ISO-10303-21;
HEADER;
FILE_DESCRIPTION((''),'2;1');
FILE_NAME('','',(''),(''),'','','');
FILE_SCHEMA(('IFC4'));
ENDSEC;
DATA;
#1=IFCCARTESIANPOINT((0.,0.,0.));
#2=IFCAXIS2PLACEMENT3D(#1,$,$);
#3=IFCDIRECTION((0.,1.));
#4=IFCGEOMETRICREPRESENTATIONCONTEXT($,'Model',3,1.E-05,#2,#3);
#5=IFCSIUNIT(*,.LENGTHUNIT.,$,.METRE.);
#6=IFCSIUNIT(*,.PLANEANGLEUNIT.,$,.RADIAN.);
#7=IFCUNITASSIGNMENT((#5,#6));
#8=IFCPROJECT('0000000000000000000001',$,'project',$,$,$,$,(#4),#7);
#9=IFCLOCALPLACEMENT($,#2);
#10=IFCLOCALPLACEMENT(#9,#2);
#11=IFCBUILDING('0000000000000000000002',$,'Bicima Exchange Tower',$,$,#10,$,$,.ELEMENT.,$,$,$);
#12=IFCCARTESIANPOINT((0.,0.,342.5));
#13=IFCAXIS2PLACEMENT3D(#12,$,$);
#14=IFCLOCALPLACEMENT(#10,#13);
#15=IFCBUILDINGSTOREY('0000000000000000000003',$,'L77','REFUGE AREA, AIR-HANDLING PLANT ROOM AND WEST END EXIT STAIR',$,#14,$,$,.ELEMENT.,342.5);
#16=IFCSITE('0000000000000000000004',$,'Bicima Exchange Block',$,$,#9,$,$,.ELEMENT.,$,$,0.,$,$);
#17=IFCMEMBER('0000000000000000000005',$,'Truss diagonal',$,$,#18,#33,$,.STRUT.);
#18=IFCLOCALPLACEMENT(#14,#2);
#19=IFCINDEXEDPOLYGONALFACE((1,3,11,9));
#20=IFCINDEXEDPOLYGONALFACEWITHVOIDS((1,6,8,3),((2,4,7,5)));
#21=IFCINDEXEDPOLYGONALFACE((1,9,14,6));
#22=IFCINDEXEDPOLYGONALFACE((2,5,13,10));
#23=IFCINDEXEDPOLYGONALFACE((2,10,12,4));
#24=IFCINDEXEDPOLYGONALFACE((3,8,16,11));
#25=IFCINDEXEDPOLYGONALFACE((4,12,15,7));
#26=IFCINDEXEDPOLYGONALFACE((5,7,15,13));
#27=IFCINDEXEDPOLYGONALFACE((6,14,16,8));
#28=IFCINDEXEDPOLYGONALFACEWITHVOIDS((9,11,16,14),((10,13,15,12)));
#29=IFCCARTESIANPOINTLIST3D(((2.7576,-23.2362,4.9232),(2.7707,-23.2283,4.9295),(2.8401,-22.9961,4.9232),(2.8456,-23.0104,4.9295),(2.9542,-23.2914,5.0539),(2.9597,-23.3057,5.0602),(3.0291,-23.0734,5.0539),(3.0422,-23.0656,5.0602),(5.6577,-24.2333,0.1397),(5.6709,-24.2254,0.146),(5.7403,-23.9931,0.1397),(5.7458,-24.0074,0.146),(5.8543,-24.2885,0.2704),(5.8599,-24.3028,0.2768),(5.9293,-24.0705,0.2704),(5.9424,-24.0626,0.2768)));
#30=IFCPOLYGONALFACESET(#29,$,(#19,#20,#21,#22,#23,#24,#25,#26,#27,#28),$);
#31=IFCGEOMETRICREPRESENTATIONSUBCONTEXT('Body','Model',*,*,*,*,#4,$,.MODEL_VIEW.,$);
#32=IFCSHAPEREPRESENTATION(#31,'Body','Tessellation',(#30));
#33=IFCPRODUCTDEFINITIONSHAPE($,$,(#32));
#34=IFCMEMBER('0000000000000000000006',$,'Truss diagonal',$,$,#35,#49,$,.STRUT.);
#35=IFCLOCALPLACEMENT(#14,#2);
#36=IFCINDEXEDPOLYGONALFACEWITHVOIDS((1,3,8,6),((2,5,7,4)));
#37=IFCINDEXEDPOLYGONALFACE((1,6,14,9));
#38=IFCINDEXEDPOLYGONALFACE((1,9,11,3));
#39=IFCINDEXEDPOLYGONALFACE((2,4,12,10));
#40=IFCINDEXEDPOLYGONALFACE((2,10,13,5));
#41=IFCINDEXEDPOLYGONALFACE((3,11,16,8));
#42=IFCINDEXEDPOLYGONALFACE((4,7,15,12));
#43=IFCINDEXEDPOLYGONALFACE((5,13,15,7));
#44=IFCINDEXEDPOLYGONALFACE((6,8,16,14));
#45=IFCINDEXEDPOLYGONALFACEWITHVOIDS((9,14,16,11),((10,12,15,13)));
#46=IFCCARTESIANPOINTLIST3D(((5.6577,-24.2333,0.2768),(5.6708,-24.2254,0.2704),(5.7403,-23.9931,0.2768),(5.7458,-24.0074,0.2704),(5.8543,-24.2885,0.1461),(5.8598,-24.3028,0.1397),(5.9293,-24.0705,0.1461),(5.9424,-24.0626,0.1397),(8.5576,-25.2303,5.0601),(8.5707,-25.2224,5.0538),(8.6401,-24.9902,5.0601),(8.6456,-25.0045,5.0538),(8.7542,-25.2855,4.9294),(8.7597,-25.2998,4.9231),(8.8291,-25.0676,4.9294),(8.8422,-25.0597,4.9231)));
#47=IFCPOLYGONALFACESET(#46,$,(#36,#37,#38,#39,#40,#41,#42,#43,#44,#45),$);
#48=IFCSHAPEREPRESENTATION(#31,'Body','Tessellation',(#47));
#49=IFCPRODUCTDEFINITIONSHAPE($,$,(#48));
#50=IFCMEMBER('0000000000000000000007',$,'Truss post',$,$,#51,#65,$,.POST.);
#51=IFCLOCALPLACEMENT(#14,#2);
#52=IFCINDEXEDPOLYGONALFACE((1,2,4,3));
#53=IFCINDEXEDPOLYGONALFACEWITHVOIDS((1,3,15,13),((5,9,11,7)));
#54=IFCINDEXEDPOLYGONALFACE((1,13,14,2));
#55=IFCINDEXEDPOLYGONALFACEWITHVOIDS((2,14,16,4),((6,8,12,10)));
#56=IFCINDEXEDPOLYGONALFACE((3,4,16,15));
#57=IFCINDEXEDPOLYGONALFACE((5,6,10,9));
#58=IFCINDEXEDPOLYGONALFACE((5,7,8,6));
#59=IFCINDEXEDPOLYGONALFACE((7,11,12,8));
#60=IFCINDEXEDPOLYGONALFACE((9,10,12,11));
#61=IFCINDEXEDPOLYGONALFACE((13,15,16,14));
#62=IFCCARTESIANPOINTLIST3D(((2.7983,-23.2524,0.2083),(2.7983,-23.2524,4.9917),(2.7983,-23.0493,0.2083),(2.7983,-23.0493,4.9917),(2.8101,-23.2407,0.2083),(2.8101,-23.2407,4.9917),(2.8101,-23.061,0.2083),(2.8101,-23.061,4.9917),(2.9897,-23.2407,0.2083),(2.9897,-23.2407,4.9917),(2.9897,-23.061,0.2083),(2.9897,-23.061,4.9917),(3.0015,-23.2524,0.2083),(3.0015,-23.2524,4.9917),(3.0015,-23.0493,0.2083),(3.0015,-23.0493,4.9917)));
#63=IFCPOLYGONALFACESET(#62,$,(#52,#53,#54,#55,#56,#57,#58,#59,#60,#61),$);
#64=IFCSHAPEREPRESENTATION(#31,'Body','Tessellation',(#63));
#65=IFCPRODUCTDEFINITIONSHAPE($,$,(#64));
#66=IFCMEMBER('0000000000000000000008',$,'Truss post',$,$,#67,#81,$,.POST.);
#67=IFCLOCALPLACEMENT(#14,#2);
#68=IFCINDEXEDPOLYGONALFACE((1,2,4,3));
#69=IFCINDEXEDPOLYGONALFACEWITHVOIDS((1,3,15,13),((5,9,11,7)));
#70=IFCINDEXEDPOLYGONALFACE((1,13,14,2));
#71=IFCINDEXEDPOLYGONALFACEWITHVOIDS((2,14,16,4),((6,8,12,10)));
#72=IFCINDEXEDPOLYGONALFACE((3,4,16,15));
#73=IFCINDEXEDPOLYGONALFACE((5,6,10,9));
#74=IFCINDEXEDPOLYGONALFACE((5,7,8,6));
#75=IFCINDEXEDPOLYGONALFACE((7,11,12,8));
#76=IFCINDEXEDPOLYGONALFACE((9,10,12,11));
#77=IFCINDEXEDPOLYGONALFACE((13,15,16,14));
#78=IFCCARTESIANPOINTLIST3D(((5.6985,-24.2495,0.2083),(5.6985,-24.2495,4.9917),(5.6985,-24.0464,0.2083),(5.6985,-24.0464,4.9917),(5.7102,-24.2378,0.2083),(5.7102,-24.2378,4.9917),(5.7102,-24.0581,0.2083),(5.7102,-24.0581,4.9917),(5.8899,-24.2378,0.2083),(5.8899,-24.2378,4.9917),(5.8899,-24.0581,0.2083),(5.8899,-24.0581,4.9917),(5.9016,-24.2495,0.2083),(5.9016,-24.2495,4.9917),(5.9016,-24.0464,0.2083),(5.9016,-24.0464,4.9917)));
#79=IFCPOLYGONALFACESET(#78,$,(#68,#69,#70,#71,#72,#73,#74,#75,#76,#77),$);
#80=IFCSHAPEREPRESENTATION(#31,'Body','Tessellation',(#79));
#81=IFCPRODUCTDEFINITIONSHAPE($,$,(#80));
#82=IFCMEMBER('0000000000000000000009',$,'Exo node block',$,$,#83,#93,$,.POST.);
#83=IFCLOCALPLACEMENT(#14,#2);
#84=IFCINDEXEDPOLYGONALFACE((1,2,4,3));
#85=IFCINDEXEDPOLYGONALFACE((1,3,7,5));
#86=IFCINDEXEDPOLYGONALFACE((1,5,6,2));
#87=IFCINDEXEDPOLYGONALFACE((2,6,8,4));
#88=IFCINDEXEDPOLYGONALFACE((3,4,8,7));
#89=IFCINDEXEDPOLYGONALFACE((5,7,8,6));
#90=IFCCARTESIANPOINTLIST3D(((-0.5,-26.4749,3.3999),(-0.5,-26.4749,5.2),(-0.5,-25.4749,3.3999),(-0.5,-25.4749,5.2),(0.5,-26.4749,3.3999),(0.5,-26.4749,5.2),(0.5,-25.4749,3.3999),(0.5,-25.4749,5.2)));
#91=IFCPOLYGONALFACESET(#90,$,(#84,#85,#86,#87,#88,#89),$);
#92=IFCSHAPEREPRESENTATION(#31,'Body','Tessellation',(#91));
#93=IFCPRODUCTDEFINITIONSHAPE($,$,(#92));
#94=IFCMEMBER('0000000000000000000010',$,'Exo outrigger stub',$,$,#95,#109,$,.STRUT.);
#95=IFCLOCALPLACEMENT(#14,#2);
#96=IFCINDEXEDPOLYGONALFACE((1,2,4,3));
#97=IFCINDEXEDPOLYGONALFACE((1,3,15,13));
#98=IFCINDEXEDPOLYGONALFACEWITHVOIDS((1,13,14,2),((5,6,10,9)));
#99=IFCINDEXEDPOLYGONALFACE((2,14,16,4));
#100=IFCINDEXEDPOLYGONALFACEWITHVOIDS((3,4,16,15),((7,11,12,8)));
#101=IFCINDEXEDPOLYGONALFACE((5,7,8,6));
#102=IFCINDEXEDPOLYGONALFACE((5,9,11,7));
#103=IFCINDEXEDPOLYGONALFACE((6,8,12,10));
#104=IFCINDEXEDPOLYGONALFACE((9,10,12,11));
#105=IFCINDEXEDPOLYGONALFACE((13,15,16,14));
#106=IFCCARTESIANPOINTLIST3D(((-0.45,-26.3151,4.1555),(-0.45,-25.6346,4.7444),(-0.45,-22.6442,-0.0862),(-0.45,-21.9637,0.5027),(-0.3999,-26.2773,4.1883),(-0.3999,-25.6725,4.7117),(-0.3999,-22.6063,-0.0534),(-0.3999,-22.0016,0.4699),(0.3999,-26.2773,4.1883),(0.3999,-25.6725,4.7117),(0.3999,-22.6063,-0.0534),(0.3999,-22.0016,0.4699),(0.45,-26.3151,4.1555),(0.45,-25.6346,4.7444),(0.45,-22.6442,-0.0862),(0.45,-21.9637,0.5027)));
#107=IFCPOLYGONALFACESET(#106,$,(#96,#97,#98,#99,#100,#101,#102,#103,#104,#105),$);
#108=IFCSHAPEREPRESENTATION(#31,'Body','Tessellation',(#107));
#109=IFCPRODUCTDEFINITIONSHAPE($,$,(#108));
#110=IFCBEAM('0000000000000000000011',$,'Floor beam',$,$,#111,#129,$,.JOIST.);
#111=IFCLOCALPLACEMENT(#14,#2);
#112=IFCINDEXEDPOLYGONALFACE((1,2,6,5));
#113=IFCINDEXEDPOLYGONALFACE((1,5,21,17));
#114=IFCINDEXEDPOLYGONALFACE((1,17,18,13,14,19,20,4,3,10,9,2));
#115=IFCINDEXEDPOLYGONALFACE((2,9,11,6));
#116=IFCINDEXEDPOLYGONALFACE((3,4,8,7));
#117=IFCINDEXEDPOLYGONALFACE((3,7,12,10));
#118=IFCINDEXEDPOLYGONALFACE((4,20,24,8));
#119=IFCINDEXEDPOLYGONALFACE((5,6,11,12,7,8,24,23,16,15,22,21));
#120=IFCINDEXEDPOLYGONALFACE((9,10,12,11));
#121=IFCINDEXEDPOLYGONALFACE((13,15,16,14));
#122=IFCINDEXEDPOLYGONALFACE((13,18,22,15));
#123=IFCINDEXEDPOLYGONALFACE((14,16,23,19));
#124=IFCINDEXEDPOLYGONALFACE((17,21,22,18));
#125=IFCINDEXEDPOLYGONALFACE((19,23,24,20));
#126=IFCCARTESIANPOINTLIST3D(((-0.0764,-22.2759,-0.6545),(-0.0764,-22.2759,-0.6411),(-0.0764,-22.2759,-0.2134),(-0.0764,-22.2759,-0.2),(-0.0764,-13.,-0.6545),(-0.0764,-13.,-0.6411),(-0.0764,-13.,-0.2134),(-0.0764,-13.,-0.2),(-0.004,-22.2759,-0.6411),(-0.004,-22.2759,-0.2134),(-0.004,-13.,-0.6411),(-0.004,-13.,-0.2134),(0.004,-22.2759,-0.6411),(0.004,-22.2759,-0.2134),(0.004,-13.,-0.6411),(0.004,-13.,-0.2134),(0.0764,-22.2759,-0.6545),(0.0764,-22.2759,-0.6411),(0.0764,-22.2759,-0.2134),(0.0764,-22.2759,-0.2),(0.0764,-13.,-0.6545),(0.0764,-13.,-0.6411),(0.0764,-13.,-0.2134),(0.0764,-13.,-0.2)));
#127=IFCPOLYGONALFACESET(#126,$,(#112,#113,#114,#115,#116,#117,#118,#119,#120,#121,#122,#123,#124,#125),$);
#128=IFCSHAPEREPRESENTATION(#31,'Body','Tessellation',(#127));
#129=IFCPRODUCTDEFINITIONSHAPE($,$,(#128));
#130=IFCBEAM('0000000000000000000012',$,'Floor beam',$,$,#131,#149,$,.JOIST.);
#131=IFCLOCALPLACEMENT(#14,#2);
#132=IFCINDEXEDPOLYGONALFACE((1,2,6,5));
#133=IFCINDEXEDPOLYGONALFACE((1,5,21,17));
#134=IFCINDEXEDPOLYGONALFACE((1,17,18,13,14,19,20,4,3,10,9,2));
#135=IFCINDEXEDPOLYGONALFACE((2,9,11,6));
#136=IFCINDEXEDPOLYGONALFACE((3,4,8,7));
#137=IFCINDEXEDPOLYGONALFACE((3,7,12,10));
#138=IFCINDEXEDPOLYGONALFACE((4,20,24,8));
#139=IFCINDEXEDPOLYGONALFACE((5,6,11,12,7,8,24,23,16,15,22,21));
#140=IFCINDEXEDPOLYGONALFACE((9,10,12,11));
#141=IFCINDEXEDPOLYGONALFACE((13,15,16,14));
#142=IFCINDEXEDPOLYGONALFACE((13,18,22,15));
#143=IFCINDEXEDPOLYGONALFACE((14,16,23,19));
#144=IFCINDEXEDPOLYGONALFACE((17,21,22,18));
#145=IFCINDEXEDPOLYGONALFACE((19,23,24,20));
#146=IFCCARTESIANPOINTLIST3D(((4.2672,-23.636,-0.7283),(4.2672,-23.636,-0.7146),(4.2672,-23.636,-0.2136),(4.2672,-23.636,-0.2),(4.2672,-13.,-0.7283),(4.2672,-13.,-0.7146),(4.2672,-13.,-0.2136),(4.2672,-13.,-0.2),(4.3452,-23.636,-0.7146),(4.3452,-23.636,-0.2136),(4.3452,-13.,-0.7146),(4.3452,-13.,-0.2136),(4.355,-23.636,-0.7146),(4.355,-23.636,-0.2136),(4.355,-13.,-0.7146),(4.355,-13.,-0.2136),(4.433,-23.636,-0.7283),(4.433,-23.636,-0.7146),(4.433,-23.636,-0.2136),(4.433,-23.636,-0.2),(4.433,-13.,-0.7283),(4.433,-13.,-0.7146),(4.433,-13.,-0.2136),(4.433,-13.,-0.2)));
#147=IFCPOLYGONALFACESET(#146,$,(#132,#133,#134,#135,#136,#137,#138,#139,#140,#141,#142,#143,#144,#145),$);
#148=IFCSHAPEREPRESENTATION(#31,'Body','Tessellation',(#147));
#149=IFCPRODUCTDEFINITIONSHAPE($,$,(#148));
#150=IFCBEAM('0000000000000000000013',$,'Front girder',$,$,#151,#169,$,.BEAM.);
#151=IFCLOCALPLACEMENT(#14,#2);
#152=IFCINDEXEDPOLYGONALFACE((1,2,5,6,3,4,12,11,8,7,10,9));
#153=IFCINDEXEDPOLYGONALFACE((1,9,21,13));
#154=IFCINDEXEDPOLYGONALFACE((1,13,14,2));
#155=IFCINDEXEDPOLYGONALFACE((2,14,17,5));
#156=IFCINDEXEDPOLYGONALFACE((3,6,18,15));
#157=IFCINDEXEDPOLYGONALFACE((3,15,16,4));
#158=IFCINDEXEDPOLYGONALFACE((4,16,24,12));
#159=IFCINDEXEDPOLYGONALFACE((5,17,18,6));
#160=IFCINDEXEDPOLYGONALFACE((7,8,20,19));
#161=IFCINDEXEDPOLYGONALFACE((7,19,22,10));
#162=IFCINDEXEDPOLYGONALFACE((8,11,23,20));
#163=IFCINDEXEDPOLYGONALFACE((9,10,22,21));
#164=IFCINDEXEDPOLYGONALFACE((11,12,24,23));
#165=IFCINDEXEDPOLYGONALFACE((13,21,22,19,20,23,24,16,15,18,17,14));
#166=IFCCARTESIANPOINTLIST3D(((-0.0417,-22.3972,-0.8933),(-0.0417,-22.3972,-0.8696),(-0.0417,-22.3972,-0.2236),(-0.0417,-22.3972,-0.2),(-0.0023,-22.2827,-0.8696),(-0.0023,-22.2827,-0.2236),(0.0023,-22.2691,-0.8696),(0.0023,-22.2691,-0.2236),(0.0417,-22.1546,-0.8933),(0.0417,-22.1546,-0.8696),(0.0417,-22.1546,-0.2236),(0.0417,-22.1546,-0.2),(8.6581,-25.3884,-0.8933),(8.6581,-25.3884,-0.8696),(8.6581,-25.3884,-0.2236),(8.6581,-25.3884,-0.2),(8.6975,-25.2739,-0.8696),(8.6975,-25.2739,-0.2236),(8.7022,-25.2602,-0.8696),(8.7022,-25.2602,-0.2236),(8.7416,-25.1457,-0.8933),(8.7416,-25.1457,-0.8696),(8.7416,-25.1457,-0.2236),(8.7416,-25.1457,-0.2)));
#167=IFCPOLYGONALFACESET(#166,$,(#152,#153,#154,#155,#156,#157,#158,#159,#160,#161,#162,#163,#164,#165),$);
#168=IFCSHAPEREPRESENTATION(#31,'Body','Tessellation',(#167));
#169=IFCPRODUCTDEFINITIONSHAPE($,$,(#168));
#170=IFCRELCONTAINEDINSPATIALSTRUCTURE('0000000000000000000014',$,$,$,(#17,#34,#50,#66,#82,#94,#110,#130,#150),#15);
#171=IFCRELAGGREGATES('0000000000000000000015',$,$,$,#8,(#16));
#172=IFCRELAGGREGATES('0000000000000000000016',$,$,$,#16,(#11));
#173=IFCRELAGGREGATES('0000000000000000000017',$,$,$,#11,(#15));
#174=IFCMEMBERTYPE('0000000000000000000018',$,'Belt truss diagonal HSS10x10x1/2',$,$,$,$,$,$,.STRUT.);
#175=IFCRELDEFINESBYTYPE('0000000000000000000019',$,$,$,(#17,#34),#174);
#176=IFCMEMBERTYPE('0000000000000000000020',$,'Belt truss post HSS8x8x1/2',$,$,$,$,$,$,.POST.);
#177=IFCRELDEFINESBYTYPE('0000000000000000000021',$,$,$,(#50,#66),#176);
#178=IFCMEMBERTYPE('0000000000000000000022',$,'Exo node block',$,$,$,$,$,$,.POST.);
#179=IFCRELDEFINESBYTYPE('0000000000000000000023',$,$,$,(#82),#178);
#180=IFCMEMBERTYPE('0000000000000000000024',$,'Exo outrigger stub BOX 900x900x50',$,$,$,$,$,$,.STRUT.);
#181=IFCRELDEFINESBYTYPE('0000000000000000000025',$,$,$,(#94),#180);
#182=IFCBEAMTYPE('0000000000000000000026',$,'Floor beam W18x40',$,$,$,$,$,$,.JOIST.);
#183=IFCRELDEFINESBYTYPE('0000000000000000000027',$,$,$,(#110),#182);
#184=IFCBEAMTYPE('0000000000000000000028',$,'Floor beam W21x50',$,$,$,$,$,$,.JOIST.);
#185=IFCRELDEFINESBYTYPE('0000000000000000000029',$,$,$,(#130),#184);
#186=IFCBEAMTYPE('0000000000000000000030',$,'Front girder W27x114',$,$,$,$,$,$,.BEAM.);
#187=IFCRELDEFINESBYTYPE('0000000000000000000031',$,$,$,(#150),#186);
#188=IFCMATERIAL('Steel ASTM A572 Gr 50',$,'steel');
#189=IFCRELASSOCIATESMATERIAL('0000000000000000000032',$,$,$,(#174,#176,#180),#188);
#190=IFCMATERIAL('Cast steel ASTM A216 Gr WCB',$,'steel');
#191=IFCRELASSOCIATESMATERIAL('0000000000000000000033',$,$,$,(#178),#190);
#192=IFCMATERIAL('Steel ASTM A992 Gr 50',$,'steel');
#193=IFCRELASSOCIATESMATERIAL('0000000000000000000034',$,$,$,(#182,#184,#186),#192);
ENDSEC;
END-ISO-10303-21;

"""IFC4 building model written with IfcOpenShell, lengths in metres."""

from ifc_helpers import new_model, si_unit, direction, frame, origin, origin_2d, place, context, subcontext, project, spatial, rectangle, hollow_rectangle, i_section, extrude, material, material_profile, profile_set, type_object, element, save


model = new_model("IFC4")

# Units and contexts
model_context = context("Model", 3, precision=1e-05, world=origin(), true_north=direction((0.0, 1.0)))
body_context = subcontext(model_context, "Body", "Model", "MODEL_VIEW")
ifc_project = project(units=[si_unit("LENGTHUNIT", "METRE"), si_unit("PLANEANGLEUNIT", "RADIAN")], contexts=[model_context])

# Site, building, storey
site_placement = place(None, origin())
site = spatial("IfcSite", under=ifc_project, at=site_placement, Name="Bicima Exchange Block", CompositionType="ELEMENT", RefElevation=0.0)
building_placement = place(site_placement, origin())
building = spatial("IfcBuilding", under=site, at=building_placement, Name="Bicima Exchange Tower", CompositionType="ELEMENT")
storey_placement = place(building_placement, frame((0.0, 0.0, 342.5)))
storey = spatial("IfcBuildingStorey", under=building, at=storey_placement, Name="L77", Description="REFUGE AREA, AIR-HANDLING PLANT ROOM AND WEST END EXIT STAIR", CompositionType="ELEMENT", Elevation=342.5)

# Shared definitions
ifc_material_1 = material(Name="Steel ASTM A992 Gr 50", Category="steel")

# Members
ifc_material_2 = material(Name="Steel ASTM A572 Gr 50", Category="steel")
ifc_material_profile_1 = material_profile(ifc_material_2, hollow_rectangle(XDim=0.2539, YDim=0.2539, WallThickness=0.0117, at=origin_2d()))
ifc_profile_set_1 = profile_set([ifc_material_profile_1], Name="Steel ASTM A572 Gr 50")
member_type_1 = type_object("IfcMemberType", Name="Belt truss diagonal HSS10x10x1/2", PredefinedType="STRUT", material=ifc_profile_set_1)
member_1_placement = place(storey_placement, frame((2.8999, -23.1509, 4.9917), z_axis=(0.5104, -0.175475, -0.841844), x_axis=(0.325122, 0.945672, 0.0)))
element("IfcMember", 1, at=member_1_placement, inside=storey, type_object=member_type_1, Name="Truss diagonal", PredefinedType="STRUT", context=body_context, shape_type="SweptSolid", body=[
    extrude(hollow_rectangle(XDim=0.2539, YDim=0.2539, WallThickness=0.0117, at=origin_2d()), origin(), (0.0, 0.0, 1.0), 5.6821),
])
member_2_placement = place(storey_placement, frame((5.8, -24.1479, 0.2083), z_axis=(0.510368, -0.175479, 0.841862), x_axis=(0.325147, 0.945664, 0.0)))
element("IfcMember", 2, at=member_2_placement, inside=storey, type_object=member_type_1, Name="Truss diagonal", PredefinedType="STRUT", context=body_context, shape_type="SweptSolid", body=[
    extrude(hollow_rectangle(XDim=0.2539, YDim=0.2539, WallThickness=0.0117, at=origin_2d()), origin(), (0.0, 0.0, 1.0), 5.6819),
])
ifc_material_profile_2 = material_profile(ifc_material_2, hollow_rectangle(XDim=0.2031, YDim=0.2031, WallThickness=0.0117, at=origin_2d()))
ifc_profile_set_2 = profile_set([ifc_material_profile_2], Name="Steel ASTM A572 Gr 50")
member_type_2 = type_object("IfcMemberType", Name="Belt truss post HSS8x8x1/2", PredefinedType="POST", material=ifc_profile_set_2)
for number, where, z_axis, x_axis, name in (
    (3, (2.8999, -23.1509, 0.2083), (0.0, 0.0, 1.0), (1.0, 0.0, 0.0), "Truss post"),
    (4, (5.8, -24.1479, 0.2083), (0.0, 0.0, 1.0), (1.0, 0.0, 0.0), "Truss post"),
):
    element("IfcMember", number, at=place(storey_placement, frame(where, z_axis=z_axis, x_axis=x_axis)), inside=storey, type_object=member_type_2, Name=name, PredefinedType="POST", context=body_context, shape_type="SweptSolid", body=[
        extrude(hollow_rectangle(XDim=0.2031, YDim=0.2031, WallThickness=0.0117, at=origin_2d()), origin(), (0.0, 0.0, 1.0), 4.7834),
    ])
ifc_material_3 = material(Name="Cast steel ASTM A216 Gr WCB", Category="steel")
ifc_material_profile_3 = material_profile(ifc_material_3, rectangle(XDim=1.0, YDim=1.0, at=origin_2d()))
ifc_profile_set_3 = profile_set([ifc_material_profile_3], Name="Cast steel ASTM A216 Gr WCB")
member_type_3 = type_object("IfcMemberType", Name="Exo node block", PredefinedType="POST", material=ifc_profile_set_3)
member_3_placement = place(storey_placement, frame((0.0, -25.9749, 3.3999), z_axis=(0.0, 0.0, 1.0), x_axis=(1.0, 0.0, 0.0)))
element("IfcMember", 5, at=member_3_placement, inside=storey, type_object=member_type_3, Name="Exo node block", PredefinedType="POST", context=body_context, shape_type="SweptSolid", body=[
    extrude(rectangle(XDim=1.0, YDim=1.0, at=origin_2d()), origin(), (0.0, 0.0, 1.0), 1.8),
])
ifc_material_profile_4 = material_profile(ifc_material_2, hollow_rectangle(XDim=0.8999, YDim=0.8999, WallThickness=0.05, at=origin_2d()))
ifc_profile_set_4 = profile_set([ifc_material_profile_4], Name="Steel ASTM A572 Gr 50")
member_type_4 = type_object("IfcMemberType", Name="Exo outrigger stub BOX 900x900x50", PredefinedType="STRUT", material=ifc_profile_set_4)
member_4_placement = place(storey_placement, frame((0.0, -22.304, 0.2083), z_axis=(0.0, -0.654397, 0.756151), x_axis=(1.0, 0.0, 0.0)))
element("IfcMember", 6, at=member_4_placement, inside=storey, type_object=member_type_4, Name="Exo outrigger stub", PredefinedType="STRUT", context=body_context, shape_type="SweptSolid", body=[
    extrude(hollow_rectangle(XDim=0.8999, YDim=0.8999, WallThickness=0.05, at=origin_2d()), origin(), (0.0, 0.0, 1.0), 5.6096),
])

# Beams
ifc_material_profile_5 = material_profile(ifc_material_1, i_section(OverallWidth=0.1528, OverallDepth=0.4546, WebThickness=0.0081, FlangeThickness=0.0134, at=origin_2d()))
ifc_profile_set_5 = profile_set([ifc_material_profile_5], Name="Steel ASTM A992 Gr 50")
beam_type_1 = type_object("IfcBeamType", Name="Floor beam W18x40", PredefinedType="JOIST", material=ifc_profile_set_5)
beam_1_placement = place(storey_placement, frame((0.0, -13.0, -0.4272), z_axis=(0.0, -1.0, 0.0), x_axis=(1.0, 0.0, 0.0)))
element("IfcBeam", 7, at=beam_1_placement, inside=storey, type_object=beam_type_1, Name="Floor beam", PredefinedType="JOIST", context=body_context, shape_type="SweptSolid", body=[
    extrude(i_section(OverallWidth=0.1528, OverallDepth=0.4546, WebThickness=0.0081, FlangeThickness=0.0134, at=origin_2d()), origin(), (0.0, 0.0, 1.0), 9.2759),
])
ifc_material_profile_6 = material_profile(ifc_material_1, i_section(OverallWidth=0.1658, OverallDepth=0.5283, WebThickness=0.0098, FlangeThickness=0.0137, at=origin_2d()))
ifc_profile_set_6 = profile_set([ifc_material_profile_6], Name="Steel ASTM A992 Gr 50")
beam_type_2 = type_object("IfcBeamType", Name="Floor beam W21x50", PredefinedType="JOIST", material=ifc_profile_set_6)
beam_2_placement = place(storey_placement, frame((4.3501, -13.0, -0.4641), z_axis=(0.0, -1.0, 0.0), x_axis=(1.0, 0.0, 0.0)))
element("IfcBeam", 8, at=beam_2_placement, inside=storey, type_object=beam_type_2, Name="Floor beam", PredefinedType="JOIST", context=body_context, shape_type="SweptSolid", body=[
    extrude(i_section(OverallWidth=0.1658, OverallDepth=0.5283, WebThickness=0.0098, FlangeThickness=0.0137, at=origin_2d()), origin(), (0.0, 0.0, 1.0), 10.636),
])
ifc_material_profile_7 = material_profile(ifc_material_1, i_section(OverallWidth=0.2566, OverallDepth=0.6934, WebThickness=0.0144, FlangeThickness=0.0237, at=origin_2d()))
ifc_profile_set_7 = profile_set([ifc_material_profile_7], Name="Steel ASTM A992 Gr 50")
beam_type_3 = type_object("IfcBeamType", Name="Front girder W27x114", PredefinedType="BEAM", material=ifc_profile_set_7)
for number, where, z_axis, x_axis, name in (
    (9, (0.0, -22.2759, -0.5466), (0.945666, -0.325138, 0.0), (0.325138, 0.945666, 0.0), "Front girder"),
):
    element("IfcBeam", number, at=place(storey_placement, frame(where, z_axis=z_axis, x_axis=x_axis)), inside=storey, type_object=beam_type_3, Name=name, PredefinedType="BEAM", context=body_context, shape_type="SweptSolid", body=[
        extrude(i_section(OverallWidth=0.2566, OverallDepth=0.6934, WebThickness=0.0144, FlangeThickness=0.0237, at=origin_2d()), origin(), (0.0, 0.0, 1.0), 9.1997),
    ])

save(model, "model.ifc")
